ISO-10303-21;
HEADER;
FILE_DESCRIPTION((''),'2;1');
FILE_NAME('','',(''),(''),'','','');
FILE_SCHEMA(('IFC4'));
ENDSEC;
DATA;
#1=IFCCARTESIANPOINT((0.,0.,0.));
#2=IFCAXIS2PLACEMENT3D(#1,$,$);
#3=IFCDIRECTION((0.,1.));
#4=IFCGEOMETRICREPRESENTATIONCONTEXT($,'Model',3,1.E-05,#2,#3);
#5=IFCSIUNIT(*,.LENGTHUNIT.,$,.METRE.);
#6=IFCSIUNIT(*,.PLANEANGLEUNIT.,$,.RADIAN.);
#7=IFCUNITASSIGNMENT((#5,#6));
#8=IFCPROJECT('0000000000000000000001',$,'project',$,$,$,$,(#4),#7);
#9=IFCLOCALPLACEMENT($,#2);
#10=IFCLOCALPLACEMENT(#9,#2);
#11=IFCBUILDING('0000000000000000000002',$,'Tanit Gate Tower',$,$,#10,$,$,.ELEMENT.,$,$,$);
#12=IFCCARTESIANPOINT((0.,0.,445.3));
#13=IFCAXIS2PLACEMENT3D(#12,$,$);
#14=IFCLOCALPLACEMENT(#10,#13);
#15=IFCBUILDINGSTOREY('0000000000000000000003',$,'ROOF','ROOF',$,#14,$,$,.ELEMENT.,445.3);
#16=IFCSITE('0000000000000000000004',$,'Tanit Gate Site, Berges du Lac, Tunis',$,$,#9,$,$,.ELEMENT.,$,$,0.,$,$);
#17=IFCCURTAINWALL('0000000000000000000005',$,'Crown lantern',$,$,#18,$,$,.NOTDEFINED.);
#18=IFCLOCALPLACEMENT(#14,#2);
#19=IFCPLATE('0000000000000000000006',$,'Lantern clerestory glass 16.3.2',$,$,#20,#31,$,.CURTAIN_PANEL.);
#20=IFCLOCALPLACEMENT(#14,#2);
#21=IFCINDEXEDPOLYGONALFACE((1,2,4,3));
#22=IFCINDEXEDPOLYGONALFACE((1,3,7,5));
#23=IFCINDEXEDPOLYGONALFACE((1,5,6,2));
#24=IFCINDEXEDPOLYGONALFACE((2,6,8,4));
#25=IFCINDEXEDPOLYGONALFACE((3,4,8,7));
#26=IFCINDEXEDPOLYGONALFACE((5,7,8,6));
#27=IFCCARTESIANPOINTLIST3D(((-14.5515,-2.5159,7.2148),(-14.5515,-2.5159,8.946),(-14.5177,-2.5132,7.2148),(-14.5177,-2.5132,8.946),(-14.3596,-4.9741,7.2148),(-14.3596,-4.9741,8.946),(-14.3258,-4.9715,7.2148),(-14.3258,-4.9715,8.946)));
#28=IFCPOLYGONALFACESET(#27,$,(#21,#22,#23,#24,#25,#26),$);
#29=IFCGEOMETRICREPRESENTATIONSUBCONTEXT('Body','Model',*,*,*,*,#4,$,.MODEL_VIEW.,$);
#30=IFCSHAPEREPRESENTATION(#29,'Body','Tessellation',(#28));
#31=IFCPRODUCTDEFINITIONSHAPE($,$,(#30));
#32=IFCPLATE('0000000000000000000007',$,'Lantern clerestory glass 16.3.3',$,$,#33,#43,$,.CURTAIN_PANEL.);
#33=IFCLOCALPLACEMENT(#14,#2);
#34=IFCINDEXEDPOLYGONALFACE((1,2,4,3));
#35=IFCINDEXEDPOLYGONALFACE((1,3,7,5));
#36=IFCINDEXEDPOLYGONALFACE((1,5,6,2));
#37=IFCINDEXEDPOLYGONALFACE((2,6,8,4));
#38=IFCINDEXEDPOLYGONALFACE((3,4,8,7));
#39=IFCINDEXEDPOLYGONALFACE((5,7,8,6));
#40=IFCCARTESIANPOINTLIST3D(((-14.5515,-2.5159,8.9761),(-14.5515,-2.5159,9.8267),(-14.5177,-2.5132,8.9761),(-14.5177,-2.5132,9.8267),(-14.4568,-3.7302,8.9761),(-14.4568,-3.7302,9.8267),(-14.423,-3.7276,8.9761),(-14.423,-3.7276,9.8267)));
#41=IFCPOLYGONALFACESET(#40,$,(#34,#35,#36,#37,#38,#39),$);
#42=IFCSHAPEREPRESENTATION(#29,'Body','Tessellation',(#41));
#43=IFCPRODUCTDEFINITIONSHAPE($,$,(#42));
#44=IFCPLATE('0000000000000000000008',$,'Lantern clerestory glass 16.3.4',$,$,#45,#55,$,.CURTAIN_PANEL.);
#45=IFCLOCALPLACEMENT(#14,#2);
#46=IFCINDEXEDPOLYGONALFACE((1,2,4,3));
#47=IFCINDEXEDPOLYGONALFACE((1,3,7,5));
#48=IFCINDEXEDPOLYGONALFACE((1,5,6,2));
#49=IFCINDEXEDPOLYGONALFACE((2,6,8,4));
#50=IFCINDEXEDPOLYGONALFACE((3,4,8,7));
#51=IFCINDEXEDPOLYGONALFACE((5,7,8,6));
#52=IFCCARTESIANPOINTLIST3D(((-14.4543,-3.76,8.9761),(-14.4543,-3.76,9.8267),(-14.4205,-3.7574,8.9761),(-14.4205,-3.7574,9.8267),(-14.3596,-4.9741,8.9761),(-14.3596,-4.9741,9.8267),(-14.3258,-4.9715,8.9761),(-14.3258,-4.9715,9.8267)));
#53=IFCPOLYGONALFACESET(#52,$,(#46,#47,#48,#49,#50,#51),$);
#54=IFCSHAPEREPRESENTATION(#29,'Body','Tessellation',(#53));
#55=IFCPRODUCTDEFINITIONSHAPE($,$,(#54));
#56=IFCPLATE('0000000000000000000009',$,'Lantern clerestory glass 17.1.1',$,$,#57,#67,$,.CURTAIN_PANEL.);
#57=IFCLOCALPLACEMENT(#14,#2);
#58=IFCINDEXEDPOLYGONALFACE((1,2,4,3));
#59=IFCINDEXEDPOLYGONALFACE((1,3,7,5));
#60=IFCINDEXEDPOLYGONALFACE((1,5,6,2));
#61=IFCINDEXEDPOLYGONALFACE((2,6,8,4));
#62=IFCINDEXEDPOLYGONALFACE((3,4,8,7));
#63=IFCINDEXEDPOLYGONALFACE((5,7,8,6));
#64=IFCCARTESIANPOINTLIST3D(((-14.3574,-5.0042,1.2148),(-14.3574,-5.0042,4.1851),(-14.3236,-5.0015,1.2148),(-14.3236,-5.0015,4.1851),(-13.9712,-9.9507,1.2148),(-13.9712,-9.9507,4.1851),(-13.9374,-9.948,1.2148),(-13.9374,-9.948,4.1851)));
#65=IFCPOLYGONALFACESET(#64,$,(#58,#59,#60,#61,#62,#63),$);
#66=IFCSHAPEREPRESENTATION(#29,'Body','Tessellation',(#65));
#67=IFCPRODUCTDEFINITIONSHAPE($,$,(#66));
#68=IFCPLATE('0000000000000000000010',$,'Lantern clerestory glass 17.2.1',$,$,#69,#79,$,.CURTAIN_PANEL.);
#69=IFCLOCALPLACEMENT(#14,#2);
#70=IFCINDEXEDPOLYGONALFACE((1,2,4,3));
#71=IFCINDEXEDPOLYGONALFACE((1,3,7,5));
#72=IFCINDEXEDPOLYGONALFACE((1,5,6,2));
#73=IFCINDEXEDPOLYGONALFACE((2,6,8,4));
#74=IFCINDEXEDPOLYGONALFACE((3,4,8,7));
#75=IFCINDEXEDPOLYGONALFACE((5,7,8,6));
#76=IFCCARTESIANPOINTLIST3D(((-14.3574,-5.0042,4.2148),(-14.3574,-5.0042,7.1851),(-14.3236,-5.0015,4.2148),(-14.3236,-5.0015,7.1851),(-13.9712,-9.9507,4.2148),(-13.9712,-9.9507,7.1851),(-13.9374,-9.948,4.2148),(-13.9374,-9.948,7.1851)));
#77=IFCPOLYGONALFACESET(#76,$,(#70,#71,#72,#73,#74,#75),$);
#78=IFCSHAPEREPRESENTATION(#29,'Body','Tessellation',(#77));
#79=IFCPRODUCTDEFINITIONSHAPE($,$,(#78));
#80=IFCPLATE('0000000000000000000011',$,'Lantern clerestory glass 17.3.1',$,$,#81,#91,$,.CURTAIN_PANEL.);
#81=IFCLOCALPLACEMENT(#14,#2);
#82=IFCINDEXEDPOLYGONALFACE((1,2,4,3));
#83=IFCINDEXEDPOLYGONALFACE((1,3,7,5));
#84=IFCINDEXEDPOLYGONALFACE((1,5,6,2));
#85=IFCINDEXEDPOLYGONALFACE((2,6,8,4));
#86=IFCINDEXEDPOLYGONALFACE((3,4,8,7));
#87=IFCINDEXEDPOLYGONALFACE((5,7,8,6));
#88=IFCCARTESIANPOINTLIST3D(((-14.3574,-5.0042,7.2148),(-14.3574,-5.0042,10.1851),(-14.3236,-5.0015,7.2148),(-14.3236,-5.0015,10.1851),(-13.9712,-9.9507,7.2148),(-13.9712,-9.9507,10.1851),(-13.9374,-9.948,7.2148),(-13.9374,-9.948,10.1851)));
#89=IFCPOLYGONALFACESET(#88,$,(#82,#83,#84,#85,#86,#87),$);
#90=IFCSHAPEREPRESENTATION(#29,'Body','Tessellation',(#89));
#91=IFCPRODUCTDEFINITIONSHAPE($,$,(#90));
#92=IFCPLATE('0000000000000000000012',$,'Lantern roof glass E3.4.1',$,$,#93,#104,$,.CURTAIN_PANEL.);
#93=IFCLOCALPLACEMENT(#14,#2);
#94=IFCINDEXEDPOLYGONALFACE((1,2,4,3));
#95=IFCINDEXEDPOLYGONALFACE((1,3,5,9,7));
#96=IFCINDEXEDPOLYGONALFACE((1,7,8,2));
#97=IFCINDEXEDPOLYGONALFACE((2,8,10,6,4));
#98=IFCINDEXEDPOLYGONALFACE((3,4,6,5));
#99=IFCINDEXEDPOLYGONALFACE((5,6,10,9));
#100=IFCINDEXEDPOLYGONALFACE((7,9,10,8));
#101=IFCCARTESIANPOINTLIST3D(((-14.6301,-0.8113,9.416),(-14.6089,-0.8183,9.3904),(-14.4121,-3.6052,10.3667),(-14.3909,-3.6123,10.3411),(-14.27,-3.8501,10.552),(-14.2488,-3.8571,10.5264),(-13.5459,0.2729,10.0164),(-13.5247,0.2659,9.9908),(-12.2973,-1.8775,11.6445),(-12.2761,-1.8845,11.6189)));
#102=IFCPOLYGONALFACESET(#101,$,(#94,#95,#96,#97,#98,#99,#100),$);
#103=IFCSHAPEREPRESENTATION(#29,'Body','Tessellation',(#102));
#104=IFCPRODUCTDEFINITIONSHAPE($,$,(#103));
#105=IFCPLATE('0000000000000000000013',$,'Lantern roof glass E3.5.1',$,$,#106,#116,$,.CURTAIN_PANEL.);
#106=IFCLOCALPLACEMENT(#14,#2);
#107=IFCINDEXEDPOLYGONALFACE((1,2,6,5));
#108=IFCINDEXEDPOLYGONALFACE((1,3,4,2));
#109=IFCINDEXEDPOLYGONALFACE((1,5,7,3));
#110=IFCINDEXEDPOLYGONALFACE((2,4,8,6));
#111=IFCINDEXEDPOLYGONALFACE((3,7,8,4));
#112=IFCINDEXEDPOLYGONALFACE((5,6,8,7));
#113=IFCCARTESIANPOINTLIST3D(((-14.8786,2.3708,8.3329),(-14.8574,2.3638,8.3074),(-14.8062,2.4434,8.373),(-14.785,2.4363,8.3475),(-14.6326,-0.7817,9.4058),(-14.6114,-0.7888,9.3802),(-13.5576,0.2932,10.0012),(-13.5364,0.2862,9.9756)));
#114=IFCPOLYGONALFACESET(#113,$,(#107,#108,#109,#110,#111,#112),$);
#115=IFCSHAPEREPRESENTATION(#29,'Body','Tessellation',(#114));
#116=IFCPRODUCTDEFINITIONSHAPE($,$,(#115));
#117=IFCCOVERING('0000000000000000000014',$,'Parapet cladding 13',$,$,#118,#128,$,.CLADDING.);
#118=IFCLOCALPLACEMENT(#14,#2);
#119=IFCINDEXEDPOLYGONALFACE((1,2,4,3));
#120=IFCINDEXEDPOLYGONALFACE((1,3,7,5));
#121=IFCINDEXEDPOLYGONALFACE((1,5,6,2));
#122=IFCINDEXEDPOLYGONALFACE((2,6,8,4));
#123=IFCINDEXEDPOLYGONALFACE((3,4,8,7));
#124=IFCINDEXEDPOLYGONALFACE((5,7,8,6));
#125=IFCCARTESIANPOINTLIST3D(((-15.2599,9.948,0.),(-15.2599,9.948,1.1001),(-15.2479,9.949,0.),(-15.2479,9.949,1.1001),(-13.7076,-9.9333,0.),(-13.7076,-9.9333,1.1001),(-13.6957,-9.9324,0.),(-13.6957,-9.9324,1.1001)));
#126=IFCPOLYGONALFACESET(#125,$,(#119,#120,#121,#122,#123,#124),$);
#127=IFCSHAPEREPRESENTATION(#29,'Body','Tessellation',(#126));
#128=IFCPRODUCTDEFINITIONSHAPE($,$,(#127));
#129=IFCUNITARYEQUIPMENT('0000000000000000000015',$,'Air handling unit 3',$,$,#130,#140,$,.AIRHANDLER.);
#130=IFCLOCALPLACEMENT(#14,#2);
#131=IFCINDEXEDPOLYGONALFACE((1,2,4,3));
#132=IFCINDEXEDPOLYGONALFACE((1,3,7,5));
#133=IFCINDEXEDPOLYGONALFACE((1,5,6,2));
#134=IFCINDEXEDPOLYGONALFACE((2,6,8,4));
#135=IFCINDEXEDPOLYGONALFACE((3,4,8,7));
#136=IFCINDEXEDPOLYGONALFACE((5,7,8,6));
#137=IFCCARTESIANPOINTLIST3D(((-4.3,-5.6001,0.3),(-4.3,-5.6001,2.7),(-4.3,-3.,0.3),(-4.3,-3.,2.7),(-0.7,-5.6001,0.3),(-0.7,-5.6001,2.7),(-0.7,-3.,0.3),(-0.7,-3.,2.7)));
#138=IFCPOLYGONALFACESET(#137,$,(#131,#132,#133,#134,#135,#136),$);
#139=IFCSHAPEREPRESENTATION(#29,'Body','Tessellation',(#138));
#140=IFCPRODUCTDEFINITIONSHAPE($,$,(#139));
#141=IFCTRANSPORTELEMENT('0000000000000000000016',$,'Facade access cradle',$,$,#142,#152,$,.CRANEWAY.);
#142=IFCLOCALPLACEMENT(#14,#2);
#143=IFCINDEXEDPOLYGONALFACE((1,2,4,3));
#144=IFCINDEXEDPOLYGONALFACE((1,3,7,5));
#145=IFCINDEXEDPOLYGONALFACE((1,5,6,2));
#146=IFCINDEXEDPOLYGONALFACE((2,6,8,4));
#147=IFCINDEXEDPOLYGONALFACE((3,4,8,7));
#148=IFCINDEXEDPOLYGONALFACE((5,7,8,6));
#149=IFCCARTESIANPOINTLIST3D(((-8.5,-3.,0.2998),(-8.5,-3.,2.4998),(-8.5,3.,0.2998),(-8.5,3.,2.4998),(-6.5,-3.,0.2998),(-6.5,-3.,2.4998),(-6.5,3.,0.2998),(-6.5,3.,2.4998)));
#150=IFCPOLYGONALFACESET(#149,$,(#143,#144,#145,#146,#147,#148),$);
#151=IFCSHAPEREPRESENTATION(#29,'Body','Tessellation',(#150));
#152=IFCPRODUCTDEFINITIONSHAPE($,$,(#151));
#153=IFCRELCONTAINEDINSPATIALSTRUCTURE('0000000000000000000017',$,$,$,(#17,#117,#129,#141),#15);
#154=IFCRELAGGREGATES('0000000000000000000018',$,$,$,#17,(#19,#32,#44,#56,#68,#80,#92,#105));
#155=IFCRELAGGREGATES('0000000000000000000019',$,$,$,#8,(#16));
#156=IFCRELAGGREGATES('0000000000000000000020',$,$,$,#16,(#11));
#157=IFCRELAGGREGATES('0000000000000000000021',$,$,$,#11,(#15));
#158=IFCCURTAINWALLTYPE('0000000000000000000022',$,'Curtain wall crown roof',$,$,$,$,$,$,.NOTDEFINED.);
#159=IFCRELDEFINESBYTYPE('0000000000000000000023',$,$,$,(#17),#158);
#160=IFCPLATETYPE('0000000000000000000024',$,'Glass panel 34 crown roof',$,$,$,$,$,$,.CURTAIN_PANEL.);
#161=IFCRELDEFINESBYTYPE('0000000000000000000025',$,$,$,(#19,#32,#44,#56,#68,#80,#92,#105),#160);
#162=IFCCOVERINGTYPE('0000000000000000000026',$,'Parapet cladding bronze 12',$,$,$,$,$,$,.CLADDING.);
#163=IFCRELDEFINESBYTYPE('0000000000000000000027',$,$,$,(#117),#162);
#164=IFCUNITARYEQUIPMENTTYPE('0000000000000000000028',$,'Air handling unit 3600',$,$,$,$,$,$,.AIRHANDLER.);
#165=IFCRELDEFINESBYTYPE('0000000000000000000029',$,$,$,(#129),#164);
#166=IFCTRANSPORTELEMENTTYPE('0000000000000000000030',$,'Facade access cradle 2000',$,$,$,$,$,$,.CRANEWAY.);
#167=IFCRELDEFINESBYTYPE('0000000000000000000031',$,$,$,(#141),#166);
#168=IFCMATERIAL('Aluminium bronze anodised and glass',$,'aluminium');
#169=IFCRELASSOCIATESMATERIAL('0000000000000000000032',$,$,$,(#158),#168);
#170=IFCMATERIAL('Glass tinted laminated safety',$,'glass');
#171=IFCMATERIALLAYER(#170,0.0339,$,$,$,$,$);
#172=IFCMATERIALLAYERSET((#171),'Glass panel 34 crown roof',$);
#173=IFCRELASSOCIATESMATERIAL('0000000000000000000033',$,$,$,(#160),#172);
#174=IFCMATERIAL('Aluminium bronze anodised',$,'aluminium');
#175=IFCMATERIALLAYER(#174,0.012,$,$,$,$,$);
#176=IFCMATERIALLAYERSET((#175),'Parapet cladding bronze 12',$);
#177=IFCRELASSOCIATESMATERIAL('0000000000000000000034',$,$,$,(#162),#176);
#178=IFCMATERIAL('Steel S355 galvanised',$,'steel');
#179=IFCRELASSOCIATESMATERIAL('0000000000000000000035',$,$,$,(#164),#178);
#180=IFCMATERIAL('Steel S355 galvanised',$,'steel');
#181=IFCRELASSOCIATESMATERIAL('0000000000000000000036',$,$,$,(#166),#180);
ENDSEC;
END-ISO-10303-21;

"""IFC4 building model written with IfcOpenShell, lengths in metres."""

from ifc_helpers import new_model, si_unit, direction, frame, origin, origin_2d, place, context, subcontext, project, spatial, polyline, rectangle, outline, extrude, material, layer, layer_set, type_object, element, aggregate, save


model = new_model("IFC4")

# Units and contexts
model_context = context("Model", 3, precision=1e-05, world=origin(), true_north=direction((0.0, 1.0)))
body_context = subcontext(model_context, "Body", "Model", "MODEL_VIEW")
ifc_project = project(units=[si_unit("LENGTHUNIT", "METRE"), si_unit("PLANEANGLEUNIT", "RADIAN")], contexts=[model_context])

# Site, building, storey
site_placement = place(None, origin())
site = spatial("IfcSite", under=ifc_project, at=site_placement, Name="Tanit Gate Site, Berges du Lac, Tunis", CompositionType="ELEMENT", RefElevation=0.0)
building_placement = place(site_placement, origin())
building = spatial("IfcBuilding", under=site, at=building_placement, Name="Tanit Gate Tower", CompositionType="ELEMENT")
storey_placement = place(building_placement, frame((0.0, 0.0, 445.3)))
storey = spatial("IfcBuildingStorey", under=building, at=storey_placement, Name="ROOF", Description="ROOF", CompositionType="ELEMENT", Elevation=445.3)

# Curtain wall, plates
ifc_material_1 = material(Name="Aluminium bronze anodised and glass", Category="aluminium")
curtain_wall_type = type_object("IfcCurtainWallType", Name="Curtain wall crown roof", PredefinedType="NOTDEFINED", material=ifc_material_1)
curtain_wall_placement = place(storey_placement, origin())
curtain_wall = element("IfcCurtainWall", 1, at=curtain_wall_placement, inside=storey, type_object=curtain_wall_type, Name="Crown lantern", PredefinedType="NOTDEFINED")
ifc_material_2 = material(Name="Glass tinted laminated safety", Category="glass")
ifc_layer_1 = layer(ifc_material_2, 0.0339)
ifc_layer_set_1 = layer_set([ifc_layer_1], Name="Glass panel 34 crown roof")
plate_type = type_object("IfcPlateType", Name="Glass panel 34 crown roof", PredefinedType="CURTAIN_PANEL", material=ifc_layer_set_1)
plate_1_placement = place(storey_placement, frame((-14.5515, -2.5159, 7.2148), z_axis=(-0.996967, -0.077825, 0.0), x_axis=(0.077825, -0.996967, 0.0)))
plate_1 = element("IfcPlate", 2, at=plate_1_placement, type_object=plate_type, Name="Lantern clerestory glass 16.3.2", PredefinedType="CURTAIN_PANEL", context=body_context, shape_type="SweptSolid", body=[
    extrude(outline(polyline([(0.0, 0.0), (2.4657, 0.0), (2.4657, 1.7312), (0.0, 1.7312), (0.0, 0.0)])), origin(), (0.0, 0.0, -1.0), 0.0339),
])
plate_2_placement = place(storey_placement, frame((-14.5515, -2.5159, 8.9761), z_axis=(-0.996971, -0.077769, 0.0), x_axis=(0.077769, -0.996971, 0.0)))
plate_2 = element("IfcPlate", 3, at=plate_2_placement, type_object=plate_type, Name="Lantern clerestory glass 16.3.3", PredefinedType="CURTAIN_PANEL", context=body_context, shape_type="SweptSolid", body=[
    extrude(outline(polyline([(0.0, 0.0), (1.218, 0.0), (1.218, 0.8506), (0.0, 0.8506), (0.0, 0.0)])), origin(), (0.0, 0.0, -1.0), 0.0339),
])
plate_3_placement = place(storey_placement, frame((-14.4543, -3.76, 8.9761), z_axis=(-0.99697, -0.077785, 0.0), x_axis=(0.077785, -0.99697, 0.0)))
plate_3 = element("IfcPlate", 4, at=plate_3_placement, type_object=plate_type, Name="Lantern clerestory glass 16.3.4", PredefinedType="CURTAIN_PANEL", context=body_context, shape_type="SweptSolid", body=[
    extrude(outline(polyline([(0.0, 0.0), (1.2178, 0.0), (1.2178, 0.8506), (0.0, 0.8506), (0.0, 0.0)])), origin(), (0.0, 0.0, -1.0), 0.0339),
])
plate_4_placement = place(storey_placement, frame((-14.3574, -5.0042, 1.2148), z_axis=(-0.996966, -0.077844, 0.0), x_axis=(0.077844, -0.996966, 0.0)))
plate_4 = element("IfcPlate", 5, at=plate_4_placement, type_object=plate_type, Name="Lantern clerestory glass 17.1.1", PredefinedType="CURTAIN_PANEL", context=body_context, shape_type="SweptSolid", body=[
    extrude(outline(polyline([(0.0, 0.0), (4.9616, 0.0), (4.9616, 2.9702), (0.0, 2.9702), (0.0, 0.0)])), origin(), (0.0, 0.0, -1.0), 0.0339),
])
plate_5_placement = place(storey_placement, frame((-14.3574, -5.0042, 4.2148), z_axis=(-0.996966, -0.077844, 0.0), x_axis=(0.077844, -0.996966, 0.0)))
plate_5 = element("IfcPlate", 6, at=plate_5_placement, type_object=plate_type, Name="Lantern clerestory glass 17.2.1", PredefinedType="CURTAIN_PANEL", context=body_context, shape_type="SweptSolid", body=[
    extrude(outline(polyline([(0.0, 0.0), (4.9616, 0.0), (4.9616, 2.9702), (0.0, 2.9702), (0.0, 0.0)])), origin(), (0.0, 0.0, -1.0), 0.0339),
])
plate_6_placement = place(storey_placement, frame((-14.3574, -5.0042, 7.2148), z_axis=(-0.996966, -0.077844, 0.0), x_axis=(0.077844, -0.996966, 0.0)))
plate_6 = element("IfcPlate", 7, at=plate_6_placement, type_object=plate_type, Name="Lantern clerestory glass 17.3.1", PredefinedType="CURTAIN_PANEL", context=body_context, shape_type="SweptSolid", body=[
    extrude(outline(polyline([(0.0, 0.0), (4.9616, 0.0), (4.9616, 2.9702), (0.0, 2.9702), (0.0, 0.0)])), origin(), (0.0, 0.0, -1.0), 0.0339),
])
plate_7_placement = place(storey_placement, frame((-14.27, -3.8501, 10.552), z_axis=(-0.624483, 0.207499, 0.752971), x_axis=(0.658433, 0.658412, 0.364637)))
plate_7 = element("IfcPlate", 8, at=plate_7_placement, type_object=plate_type, Name="Lantern roof glass E3.4.1", PredefinedType="CURTAIN_PANEL", context=body_context, shape_type="SweptSolid", body=[
    extrude(outline(polyline([(0.0, 0.0), (2.9961, 0.0), (2.9961, 2.9722), (1.3495, 2.9721), (0.0001, 0.3384), (0.0, 0.0)])), origin(), (0.0, 0.0, -1.0), 0.0339),
])
plate_8_placement = place(storey_placement, frame((-14.6326, -0.7817, 9.4058), z_axis=(-0.624503, 0.207493, 0.752956), x_axis=(0.658435, 0.658389, 0.364674)))
plate_8 = element("IfcPlate", 9, at=plate_8_placement, type_object=plate_type, Name="Lantern roof glass E3.5.1", PredefinedType="CURTAIN_PANEL", context=body_context, shape_type="SweptSolid", body=[
    extrude(outline(polyline([(0.0, 0.0), (1.6327, 0.0), (1.6325, 2.972), (1.5224, 2.972), (0.0, 0.0)])), origin(), (0.0, 0.0, -1.0), 0.0339),
])
aggregate(curtain_wall, [plate_1, plate_2, plate_3, plate_4, plate_5, plate_6, plate_7, plate_8])

# Covering
ifc_material_3 = material(Name="Aluminium bronze anodised", Category="aluminium")
ifc_layer_2 = layer(ifc_material_3, 0.012)
ifc_layer_set_2 = layer_set([ifc_layer_2], Name="Parapet cladding bronze 12")
covering_type = type_object("IfcCoveringType", Name="Parapet cladding bronze 12", PredefinedType="CLADDING", material=ifc_layer_set_2)
covering_placement = place(storey_placement, frame((-14.4778, 0.0078, 0.0), z_axis=(0.0, 0.0, 1.0), x_axis=(-0.077839, 0.996966, 0.0)))
element("IfcCovering", 10, at=covering_placement, inside=storey, type_object=covering_type, Name="Parapet cladding 13", PredefinedType="CLADDING", context=body_context, shape_type="SweptSolid", body=[
    extrude(rectangle(XDim=19.9419, YDim=0.012, at=origin_2d()), origin(), (0.0, 0.0, 1.0), 1.1001),
])

# Unitary equipment
ifc_material_4 = material(Name="Steel S355 galvanised", Category="steel")
unitary_equipment_type = type_object("IfcUnitaryEquipmentType", Name="Air handling unit 3600", PredefinedType="AIRHANDLER", material=ifc_material_4)
unitary_equipment_placement = place(storey_placement, frame((-2.5, -4.3, 0.3), z_axis=(0.0, 0.0, 1.0), x_axis=(1.0, 0.0, 0.0)))
element("IfcUnitaryEquipment", 11, at=unitary_equipment_placement, inside=storey, type_object=unitary_equipment_type, Name="Air handling unit 3", PredefinedType="AIRHANDLER", context=body_context, shape_type="SweptSolid", body=[
    extrude(rectangle(XDim=3.6001, YDim=2.6001, at=origin_2d()), origin(), (0.0, 0.0, 1.0), 2.3999),
])

# Transport element
ifc_material_5 = material(Name="Steel S355 galvanised", Category="steel")
transport_element_type = type_object("IfcTransportElementType", Name="Facade access cradle 2000", PredefinedType="CRANEWAY", material=ifc_material_5)
transport_element_placement = place(storey_placement, frame((-7.5, 0.0, 0.2998), z_axis=(0.0, 0.0, 1.0), x_axis=(1.0, 0.0, 0.0)))
element("IfcTransportElement", 12, at=transport_element_placement, inside=storey, type_object=transport_element_type, Name="Facade access cradle", PredefinedType="CRANEWAY", context=body_context, shape_type="SweptSolid", body=[
    extrude(rectangle(XDim=2.0, YDim=6.0, at=origin_2d()), origin(), (0.0, 0.0, 1.0), 2.2),
])

save(model, "model.ifc")
